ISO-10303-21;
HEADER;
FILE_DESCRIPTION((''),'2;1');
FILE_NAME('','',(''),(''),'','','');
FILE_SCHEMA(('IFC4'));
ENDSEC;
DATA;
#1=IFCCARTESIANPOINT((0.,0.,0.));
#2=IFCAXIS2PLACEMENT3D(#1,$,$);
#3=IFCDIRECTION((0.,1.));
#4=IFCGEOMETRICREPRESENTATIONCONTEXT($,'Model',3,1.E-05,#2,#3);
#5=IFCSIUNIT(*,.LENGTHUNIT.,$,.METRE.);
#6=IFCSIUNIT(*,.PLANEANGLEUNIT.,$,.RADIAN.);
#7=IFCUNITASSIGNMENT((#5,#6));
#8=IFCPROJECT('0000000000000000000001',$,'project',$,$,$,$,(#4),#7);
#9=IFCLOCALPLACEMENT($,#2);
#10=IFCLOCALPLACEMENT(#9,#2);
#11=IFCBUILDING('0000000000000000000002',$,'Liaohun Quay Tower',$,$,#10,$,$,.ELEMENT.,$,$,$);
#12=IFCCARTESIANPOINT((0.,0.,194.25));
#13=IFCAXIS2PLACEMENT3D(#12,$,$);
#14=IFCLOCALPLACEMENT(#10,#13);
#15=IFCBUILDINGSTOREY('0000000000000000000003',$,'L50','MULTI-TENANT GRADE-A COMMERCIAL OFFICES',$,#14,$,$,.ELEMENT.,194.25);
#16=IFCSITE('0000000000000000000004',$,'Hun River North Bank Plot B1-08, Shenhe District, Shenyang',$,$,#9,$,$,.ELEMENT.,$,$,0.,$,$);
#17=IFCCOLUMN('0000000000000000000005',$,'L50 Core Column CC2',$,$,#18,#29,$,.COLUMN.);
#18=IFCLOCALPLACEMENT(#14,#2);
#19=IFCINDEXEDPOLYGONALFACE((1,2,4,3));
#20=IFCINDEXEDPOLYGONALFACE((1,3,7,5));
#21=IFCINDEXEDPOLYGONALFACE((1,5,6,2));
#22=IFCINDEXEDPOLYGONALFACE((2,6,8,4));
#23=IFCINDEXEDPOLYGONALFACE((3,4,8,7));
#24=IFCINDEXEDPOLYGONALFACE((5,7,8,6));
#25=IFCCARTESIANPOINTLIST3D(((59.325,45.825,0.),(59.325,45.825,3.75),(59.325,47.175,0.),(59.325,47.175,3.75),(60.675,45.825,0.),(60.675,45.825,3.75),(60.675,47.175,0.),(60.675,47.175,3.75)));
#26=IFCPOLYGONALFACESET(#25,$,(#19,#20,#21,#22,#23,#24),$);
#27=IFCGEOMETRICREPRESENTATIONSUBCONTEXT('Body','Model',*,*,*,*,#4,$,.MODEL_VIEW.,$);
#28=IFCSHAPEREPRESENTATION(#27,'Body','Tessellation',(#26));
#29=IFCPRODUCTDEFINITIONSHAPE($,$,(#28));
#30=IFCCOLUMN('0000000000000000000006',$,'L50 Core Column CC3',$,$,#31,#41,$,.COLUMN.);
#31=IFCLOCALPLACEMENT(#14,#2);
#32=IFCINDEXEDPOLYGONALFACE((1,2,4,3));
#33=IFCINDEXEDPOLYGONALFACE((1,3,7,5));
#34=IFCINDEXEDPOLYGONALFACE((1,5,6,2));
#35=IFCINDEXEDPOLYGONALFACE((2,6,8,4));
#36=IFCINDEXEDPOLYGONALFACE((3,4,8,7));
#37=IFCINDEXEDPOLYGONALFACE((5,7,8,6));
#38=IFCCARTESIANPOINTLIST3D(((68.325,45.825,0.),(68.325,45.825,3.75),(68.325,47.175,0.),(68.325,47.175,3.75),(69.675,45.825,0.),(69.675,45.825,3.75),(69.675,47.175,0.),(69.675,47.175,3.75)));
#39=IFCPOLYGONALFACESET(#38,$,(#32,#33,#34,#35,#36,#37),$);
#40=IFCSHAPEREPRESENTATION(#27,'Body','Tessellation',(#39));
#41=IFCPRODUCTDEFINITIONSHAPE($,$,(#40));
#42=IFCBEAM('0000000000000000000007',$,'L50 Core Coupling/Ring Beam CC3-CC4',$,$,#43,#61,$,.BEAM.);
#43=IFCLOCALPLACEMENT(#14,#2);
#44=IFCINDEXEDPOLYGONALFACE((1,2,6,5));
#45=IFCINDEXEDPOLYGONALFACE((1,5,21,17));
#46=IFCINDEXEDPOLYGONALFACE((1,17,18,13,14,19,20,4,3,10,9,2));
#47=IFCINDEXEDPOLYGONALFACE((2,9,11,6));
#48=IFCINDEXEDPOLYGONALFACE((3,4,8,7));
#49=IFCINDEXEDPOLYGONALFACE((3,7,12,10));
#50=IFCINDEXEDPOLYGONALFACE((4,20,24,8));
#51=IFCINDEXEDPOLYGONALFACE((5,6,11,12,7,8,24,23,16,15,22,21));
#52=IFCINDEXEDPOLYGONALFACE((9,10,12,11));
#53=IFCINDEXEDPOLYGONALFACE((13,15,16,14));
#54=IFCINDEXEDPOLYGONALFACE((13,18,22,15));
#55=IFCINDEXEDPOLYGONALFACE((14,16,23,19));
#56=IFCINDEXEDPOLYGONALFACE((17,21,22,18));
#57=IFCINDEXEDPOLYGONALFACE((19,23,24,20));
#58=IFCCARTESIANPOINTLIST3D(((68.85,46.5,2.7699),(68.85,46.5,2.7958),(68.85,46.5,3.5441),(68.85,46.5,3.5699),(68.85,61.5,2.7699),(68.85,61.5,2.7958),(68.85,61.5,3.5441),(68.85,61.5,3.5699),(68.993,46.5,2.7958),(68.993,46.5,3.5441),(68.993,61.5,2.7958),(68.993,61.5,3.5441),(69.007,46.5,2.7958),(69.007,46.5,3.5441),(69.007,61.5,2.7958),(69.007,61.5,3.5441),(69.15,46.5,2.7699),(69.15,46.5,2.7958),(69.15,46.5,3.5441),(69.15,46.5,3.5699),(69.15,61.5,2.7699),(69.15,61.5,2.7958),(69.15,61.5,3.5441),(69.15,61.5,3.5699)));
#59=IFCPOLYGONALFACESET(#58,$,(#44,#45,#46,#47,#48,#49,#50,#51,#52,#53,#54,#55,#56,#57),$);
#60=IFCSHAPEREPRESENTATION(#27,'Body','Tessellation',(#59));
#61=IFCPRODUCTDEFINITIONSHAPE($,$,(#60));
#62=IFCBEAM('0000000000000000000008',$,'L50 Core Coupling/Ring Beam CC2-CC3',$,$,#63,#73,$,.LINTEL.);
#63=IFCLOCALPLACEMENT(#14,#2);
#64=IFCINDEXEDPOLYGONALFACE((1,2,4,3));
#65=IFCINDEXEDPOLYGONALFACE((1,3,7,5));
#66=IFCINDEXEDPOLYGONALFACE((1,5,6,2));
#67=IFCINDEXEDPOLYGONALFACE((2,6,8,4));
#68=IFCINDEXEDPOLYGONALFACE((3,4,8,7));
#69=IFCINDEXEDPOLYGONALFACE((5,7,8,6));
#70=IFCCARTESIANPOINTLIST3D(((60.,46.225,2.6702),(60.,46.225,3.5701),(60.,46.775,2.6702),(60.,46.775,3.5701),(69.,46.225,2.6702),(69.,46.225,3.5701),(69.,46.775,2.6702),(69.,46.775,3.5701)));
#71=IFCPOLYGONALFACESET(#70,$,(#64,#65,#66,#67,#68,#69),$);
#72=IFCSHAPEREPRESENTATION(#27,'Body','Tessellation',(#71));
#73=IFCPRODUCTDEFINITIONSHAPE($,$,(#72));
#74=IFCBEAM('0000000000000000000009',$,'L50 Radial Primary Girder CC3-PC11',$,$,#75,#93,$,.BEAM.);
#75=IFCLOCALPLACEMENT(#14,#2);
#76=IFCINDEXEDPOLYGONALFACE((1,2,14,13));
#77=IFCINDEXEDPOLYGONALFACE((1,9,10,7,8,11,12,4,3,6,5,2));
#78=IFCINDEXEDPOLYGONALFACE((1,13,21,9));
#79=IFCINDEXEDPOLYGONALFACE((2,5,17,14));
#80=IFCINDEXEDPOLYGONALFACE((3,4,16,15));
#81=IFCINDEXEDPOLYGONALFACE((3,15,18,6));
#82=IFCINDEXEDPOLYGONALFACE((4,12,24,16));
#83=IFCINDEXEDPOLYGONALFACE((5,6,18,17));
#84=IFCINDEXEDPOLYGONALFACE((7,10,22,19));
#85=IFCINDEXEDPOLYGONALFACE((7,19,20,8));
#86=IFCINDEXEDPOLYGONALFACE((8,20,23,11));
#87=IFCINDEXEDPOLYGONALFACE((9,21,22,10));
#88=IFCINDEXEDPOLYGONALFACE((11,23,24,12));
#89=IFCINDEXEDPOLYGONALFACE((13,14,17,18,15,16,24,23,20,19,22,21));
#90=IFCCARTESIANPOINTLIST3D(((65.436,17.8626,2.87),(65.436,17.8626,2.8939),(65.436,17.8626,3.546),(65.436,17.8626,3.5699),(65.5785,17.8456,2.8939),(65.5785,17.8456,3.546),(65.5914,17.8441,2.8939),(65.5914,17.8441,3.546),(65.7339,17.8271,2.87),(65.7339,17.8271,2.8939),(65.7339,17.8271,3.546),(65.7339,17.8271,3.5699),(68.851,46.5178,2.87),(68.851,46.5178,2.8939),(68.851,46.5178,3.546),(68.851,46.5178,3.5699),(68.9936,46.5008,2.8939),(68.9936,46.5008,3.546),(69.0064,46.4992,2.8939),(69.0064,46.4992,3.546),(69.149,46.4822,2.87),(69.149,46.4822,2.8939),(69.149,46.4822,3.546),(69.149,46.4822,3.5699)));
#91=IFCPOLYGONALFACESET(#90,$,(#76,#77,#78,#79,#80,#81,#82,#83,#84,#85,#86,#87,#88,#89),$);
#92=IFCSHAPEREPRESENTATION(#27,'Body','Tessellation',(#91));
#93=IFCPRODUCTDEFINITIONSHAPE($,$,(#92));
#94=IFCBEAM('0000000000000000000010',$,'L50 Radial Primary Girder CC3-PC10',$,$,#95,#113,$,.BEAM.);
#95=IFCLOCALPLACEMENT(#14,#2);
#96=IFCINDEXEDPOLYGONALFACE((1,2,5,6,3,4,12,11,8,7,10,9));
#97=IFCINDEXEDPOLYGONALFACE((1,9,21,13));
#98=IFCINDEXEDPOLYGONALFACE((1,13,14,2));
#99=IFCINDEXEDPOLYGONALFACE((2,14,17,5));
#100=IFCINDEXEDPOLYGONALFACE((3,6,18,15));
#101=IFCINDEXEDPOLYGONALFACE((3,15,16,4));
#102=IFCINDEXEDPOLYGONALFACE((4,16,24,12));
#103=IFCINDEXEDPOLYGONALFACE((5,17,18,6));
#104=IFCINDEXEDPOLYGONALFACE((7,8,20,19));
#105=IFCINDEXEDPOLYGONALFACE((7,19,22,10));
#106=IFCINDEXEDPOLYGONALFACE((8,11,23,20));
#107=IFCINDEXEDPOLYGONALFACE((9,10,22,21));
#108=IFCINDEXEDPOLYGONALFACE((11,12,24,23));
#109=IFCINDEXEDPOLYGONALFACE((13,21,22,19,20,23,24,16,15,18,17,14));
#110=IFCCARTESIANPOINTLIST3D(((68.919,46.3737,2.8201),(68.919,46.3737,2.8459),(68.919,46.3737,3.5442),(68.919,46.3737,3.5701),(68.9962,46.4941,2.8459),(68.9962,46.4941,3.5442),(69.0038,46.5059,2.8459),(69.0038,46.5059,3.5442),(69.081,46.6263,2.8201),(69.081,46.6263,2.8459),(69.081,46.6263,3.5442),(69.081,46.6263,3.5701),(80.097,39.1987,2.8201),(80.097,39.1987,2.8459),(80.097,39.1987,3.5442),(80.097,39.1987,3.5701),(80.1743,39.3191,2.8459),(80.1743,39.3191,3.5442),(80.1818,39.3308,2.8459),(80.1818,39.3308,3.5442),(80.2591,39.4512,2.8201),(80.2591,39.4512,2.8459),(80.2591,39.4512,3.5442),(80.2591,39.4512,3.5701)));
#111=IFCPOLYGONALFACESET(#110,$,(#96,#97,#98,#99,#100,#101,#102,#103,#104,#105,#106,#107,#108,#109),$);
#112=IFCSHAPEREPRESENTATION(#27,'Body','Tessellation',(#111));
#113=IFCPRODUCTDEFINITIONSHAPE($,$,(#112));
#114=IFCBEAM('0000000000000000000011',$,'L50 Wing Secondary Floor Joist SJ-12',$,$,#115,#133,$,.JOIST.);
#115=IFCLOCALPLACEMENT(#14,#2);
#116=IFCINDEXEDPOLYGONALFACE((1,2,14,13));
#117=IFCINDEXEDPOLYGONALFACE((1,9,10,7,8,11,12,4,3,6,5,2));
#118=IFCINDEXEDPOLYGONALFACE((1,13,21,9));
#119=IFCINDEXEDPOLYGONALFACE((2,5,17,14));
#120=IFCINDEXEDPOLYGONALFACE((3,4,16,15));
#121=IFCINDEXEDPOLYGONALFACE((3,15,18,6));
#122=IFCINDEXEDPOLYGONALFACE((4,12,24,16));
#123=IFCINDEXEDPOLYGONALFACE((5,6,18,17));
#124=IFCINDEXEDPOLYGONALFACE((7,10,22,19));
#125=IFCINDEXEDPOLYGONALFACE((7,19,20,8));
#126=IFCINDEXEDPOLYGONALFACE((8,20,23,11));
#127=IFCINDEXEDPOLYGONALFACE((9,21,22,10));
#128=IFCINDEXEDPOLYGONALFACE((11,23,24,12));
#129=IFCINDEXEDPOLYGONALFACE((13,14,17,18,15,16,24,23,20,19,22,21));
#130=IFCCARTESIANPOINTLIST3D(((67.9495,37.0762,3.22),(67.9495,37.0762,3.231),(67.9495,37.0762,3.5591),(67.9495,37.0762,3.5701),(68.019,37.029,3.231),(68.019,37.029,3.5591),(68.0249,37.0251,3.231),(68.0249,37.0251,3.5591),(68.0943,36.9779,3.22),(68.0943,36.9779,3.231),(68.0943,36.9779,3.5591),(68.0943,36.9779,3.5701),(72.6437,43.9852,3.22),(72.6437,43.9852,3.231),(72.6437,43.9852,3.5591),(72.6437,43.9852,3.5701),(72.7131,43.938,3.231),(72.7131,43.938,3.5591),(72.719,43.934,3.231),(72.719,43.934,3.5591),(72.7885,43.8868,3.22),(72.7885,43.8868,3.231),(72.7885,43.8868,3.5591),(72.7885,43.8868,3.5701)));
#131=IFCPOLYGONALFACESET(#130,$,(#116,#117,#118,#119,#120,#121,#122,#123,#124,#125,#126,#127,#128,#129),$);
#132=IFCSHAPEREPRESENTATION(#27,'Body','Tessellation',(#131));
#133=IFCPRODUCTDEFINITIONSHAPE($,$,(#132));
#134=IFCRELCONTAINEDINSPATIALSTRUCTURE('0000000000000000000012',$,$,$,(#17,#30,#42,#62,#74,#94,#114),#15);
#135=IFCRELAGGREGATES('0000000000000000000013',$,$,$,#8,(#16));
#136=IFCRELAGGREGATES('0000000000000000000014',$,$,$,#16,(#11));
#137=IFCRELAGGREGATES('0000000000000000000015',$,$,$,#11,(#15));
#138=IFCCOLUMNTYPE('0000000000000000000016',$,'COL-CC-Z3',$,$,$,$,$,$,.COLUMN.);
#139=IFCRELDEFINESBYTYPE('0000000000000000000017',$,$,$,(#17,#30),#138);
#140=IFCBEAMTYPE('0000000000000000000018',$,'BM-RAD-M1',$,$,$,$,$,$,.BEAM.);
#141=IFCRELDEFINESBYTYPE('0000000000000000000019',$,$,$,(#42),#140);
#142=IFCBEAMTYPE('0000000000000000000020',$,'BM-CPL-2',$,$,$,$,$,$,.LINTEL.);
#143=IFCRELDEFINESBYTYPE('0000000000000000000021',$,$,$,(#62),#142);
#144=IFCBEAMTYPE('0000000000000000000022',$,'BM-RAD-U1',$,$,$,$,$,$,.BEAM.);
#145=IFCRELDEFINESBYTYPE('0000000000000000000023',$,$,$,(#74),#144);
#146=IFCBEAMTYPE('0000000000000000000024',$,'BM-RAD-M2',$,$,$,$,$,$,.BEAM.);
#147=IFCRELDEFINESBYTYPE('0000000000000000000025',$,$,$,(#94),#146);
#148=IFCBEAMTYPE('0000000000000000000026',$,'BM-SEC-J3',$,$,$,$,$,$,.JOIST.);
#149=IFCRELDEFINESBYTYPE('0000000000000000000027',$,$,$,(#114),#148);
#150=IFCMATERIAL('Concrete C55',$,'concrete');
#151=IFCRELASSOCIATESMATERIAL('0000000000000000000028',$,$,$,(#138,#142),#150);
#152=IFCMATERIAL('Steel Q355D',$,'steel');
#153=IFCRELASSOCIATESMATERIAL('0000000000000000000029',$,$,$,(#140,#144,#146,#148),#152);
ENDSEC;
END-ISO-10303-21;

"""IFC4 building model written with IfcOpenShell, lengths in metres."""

from ifc_helpers import new_model, si_unit, direction, frame, origin, origin_2d, place, context, subcontext, project, spatial, rectangle, i_section, extrude, source, transform, mapped, material, material_profile, profile_set, type_object, element, save


model = new_model("IFC4")

# Units and contexts
model_context = context("Model", 3, precision=1e-05, world=origin(), true_north=direction((0.0, 1.0)))
body_context = subcontext(model_context, "Body", "Model", "MODEL_VIEW")
ifc_project = project(units=[si_unit("LENGTHUNIT", "METRE"), si_unit("PLANEANGLEUNIT", "RADIAN")], contexts=[model_context])

# Site, building, storey
site_placement = place(None, origin())
site = spatial("IfcSite", under=ifc_project, at=site_placement, Name="Hun River North Bank Plot B1-08, Shenhe District, Shenyang", CompositionType="ELEMENT", RefElevation=0.0)
building_placement = place(site_placement, origin())
building = spatial("IfcBuilding", under=site, at=building_placement, Name="Liaohun Quay Tower", CompositionType="ELEMENT")
storey_placement = place(building_placement, frame((0.0, 0.0, 194.25)))
storey = spatial("IfcBuildingStorey", under=building, at=storey_placement, Name="L50", Description="MULTI-TENANT GRADE-A COMMERCIAL OFFICES", CompositionType="ELEMENT", Elevation=194.25)

# Columns
ifc_material_1 = material(Name="Concrete C55", Category="concrete")
ifc_material_profile_1 = material_profile(ifc_material_1, rectangle(XDim=1.3501, YDim=1.3501, at=origin_2d()), Name="RC1350x1350")
ifc_profile_set_1 = profile_set([ifc_material_profile_1], Name="Concrete C55")
column_type = type_object("IfcColumnType", Name="COL-CC-Z3", PredefinedType="COLUMN", material=ifc_profile_set_1)
shared_shape_1 = source(origin(), body_context, "Body", "SweptSolid", [
    extrude(rectangle(XDim=1.3501, YDim=1.3501, at=origin_2d()), origin(), (0.0, 0.0, 1.0), 3.75),
])
for number, where, z_axis, x_axis, name in (
    (1, (60.0, 46.5, 0.0), (0.0, 0.0, 1.0), (1.0, 0.0, 0.0), "L50 Core Column CC2"),
    (2, (69.0, 46.5, 0.0), (0.0, 0.0, 1.0), (1.0, 0.0, 0.0), "L50 Core Column CC3"),
):
    element("IfcColumn", number, at=place(storey_placement, frame(where, z_axis=z_axis, x_axis=x_axis)), inside=storey, type_object=column_type, Name=name, PredefinedType="COLUMN", context=body_context, shape_type="MappedRepresentation", body=[
        mapped(shared_shape_1, transform((0.0, 0.0, 0.0), x_axis=(1.0, 0.0, 0.0), y_axis=(0.0, 1.0, 0.0), z_axis=(0.0, 0.0, 1.0), scale=1.0)),
    ])

# Beams
ifc_material_2 = material(Name="Steel Q355D", Category="steel")
ifc_material_profile_2 = material_profile(ifc_material_2, i_section(OverallWidth=0.3, OverallDepth=0.8, WebThickness=0.0139, FlangeThickness=0.0259, at=origin_2d()), Name="HN800x300x14x26")
ifc_profile_set_2 = profile_set([ifc_material_profile_2], Name="Steel Q355D")
beam_type_1 = type_object("IfcBeamType", Name="BM-RAD-M1", PredefinedType="BEAM", material=ifc_profile_set_2)
shared_shape_2 = source(origin(), body_context, "Body", "SweptSolid", [
    extrude(i_section(OverallWidth=0.3, OverallDepth=0.8, WebThickness=0.0139, FlangeThickness=0.0259, at=origin_2d()), origin(), (0.0, 0.0, 1.0), 15.0),
])
beam_1_placement = place(storey_placement, frame((69.0, 46.5, 3.1699), z_axis=(0.0, 1.0, 0.0), x_axis=(-1.0, 0.0, 0.0)))
element("IfcBeam", 3, at=beam_1_placement, inside=storey, type_object=beam_type_1, Name="L50 Core Coupling/Ring Beam CC3-CC4", PredefinedType="BEAM", context=body_context, shape_type="MappedRepresentation", body=[
    mapped(shared_shape_2, transform((0.0, 0.0, 0.0), x_axis=(1.0, 0.0, 0.0), y_axis=(0.0, 1.0, 0.0), z_axis=(0.0, 0.0, 1.0), scale=1.0)),
])
ifc_material_profile_3 = material_profile(ifc_material_1, rectangle(XDim=0.55, YDim=0.8999, at=origin_2d()), Name="RC550x900")
ifc_profile_set_3 = profile_set([ifc_material_profile_3], Name="Concrete C55")
beam_type_2 = type_object("IfcBeamType", Name="BM-CPL-2", PredefinedType="LINTEL", material=ifc_profile_set_3)
shared_shape_3 = source(origin(), body_context, "Body", "SweptSolid", [
    extrude(rectangle(XDim=0.55, YDim=0.8999, at=origin_2d()), origin(), (0.0, 0.0, 1.0), 9.0),
])
beam_2_placement = place(storey_placement, frame((60.0, 46.5, 3.1201), z_axis=(1.0, 0.0, 0.0), x_axis=(0.0, 1.0, 0.0)))
element("IfcBeam", 4, at=beam_2_placement, inside=storey, type_object=beam_type_2, Name="L50 Core Coupling/Ring Beam CC2-CC3", PredefinedType="LINTEL", context=body_context, shape_type="MappedRepresentation", body=[
    mapped(shared_shape_3, transform((0.0, 0.0, 0.0), x_axis=(1.0, 0.0, 0.0), y_axis=(0.0, 1.0, 0.0), z_axis=(0.0, 0.0, 1.0), scale=1.0)),
])
ifc_material_profile_4 = material_profile(ifc_material_2, i_section(OverallWidth=0.3, OverallDepth=0.7, WebThickness=0.0129, FlangeThickness=0.0239, at=origin_2d()), Name="HN700x300x13x24")
ifc_profile_set_4 = profile_set([ifc_material_profile_4], Name="Steel Q355D")
beam_type_3 = type_object("IfcBeamType", Name="BM-RAD-U1", PredefinedType="BEAM", material=ifc_profile_set_4)
shared_shape_4 = source(origin(), body_context, "Body", "SweptSolid", [
    extrude(i_section(OverallWidth=0.3, OverallDepth=0.7, WebThickness=0.0129, FlangeThickness=0.0239, at=origin_2d()), origin(), (0.0, 0.0, 1.0), 28.8579),
])
beam_3_placement = place(storey_placement, frame((69.0, 46.5, 3.22), z_axis=(-0.11834, -0.992973, 0.0), x_axis=(0.992973, -0.11834, 0.0)))
element("IfcBeam", 5, at=beam_3_placement, inside=storey, type_object=beam_type_3, Name="L50 Radial Primary Girder CC3-PC11", PredefinedType="BEAM", context=body_context, shape_type="MappedRepresentation", body=[
    mapped(shared_shape_4, transform((0.0, 0.0, 0.0), x_axis=(1.0, 0.0, 0.0), y_axis=(0.0, 1.0, 0.0), z_axis=(0.0, 0.0, 1.0), scale=1.0)),
])
ifc_material_profile_5 = material_profile(ifc_material_2, i_section(OverallWidth=0.3, OverallDepth=0.75, WebThickness=0.0139, FlangeThickness=0.0259, at=origin_2d()), Name="HN750x300x14x26")
ifc_profile_set_5 = profile_set([ifc_material_profile_5], Name="Steel Q355D")
beam_type_4 = type_object("IfcBeamType", Name="BM-RAD-M2", PredefinedType="BEAM", material=ifc_profile_set_5)
shared_shape_5 = source(origin(), body_context, "Body", "SweptSolid", [
    extrude(i_section(OverallWidth=0.3, OverallDepth=0.75, WebThickness=0.0139, FlangeThickness=0.0259, at=origin_2d()), origin(), (0.0, 0.0, 1.0), 13.2827),
])
beam_4_placement = place(storey_placement, frame((69.0, 46.5, 3.1951), z_axis=(0.841548, -0.540182, 0.0), x_axis=(0.540182, 0.841548, 0.0)))
element("IfcBeam", 6, at=beam_4_placement, inside=storey, type_object=beam_type_4, Name="L50 Radial Primary Girder CC3-PC10", PredefinedType="BEAM", context=body_context, shape_type="MappedRepresentation", body=[
    mapped(shared_shape_5, transform((0.0, 0.0, 0.0), x_axis=(1.0, 0.0, 0.0), y_axis=(0.0, 1.0, 0.0), z_axis=(0.0, 0.0, 1.0), scale=1.0)),
])
ifc_material_profile_6 = material_profile(ifc_material_2, i_section(OverallWidth=0.175, OverallDepth=0.3501, WebThickness=0.0071, FlangeThickness=0.011, at=origin_2d()), Name="HN350x175x7x11")
ifc_profile_set_6 = profile_set([ifc_material_profile_6], Name="Steel Q355D")
beam_type_5 = type_object("IfcBeamType", Name="BM-SEC-J3", PredefinedType="JOIST", material=ifc_profile_set_6)
shared_shape_6 = source(origin(), body_context, "Body", "SweptSolid", [
    extrude(i_section(OverallWidth=0.175, OverallDepth=0.3501, WebThickness=0.0071, FlangeThickness=0.011, at=origin_2d()), origin(), (0.0, 0.0, 1.0), 8.3528),
])
beam_5_placement = place(storey_placement, frame((72.7161, 43.936, 3.395), z_axis=(-0.561984, -0.827148, 0.0), x_axis=(0.827148, -0.561984, 0.0)))
element("IfcBeam", 7, at=beam_5_placement, inside=storey, type_object=beam_type_5, Name="L50 Wing Secondary Floor Joist SJ-12", PredefinedType="JOIST", context=body_context, shape_type="MappedRepresentation", body=[
    mapped(shared_shape_6, transform((0.0, 0.0, 0.0), x_axis=(1.0, 0.0, 0.0), y_axis=(0.0, 1.0, 0.0), z_axis=(0.0, 0.0, 1.0), scale=1.0)),
])

save(model, "model.ifc")
